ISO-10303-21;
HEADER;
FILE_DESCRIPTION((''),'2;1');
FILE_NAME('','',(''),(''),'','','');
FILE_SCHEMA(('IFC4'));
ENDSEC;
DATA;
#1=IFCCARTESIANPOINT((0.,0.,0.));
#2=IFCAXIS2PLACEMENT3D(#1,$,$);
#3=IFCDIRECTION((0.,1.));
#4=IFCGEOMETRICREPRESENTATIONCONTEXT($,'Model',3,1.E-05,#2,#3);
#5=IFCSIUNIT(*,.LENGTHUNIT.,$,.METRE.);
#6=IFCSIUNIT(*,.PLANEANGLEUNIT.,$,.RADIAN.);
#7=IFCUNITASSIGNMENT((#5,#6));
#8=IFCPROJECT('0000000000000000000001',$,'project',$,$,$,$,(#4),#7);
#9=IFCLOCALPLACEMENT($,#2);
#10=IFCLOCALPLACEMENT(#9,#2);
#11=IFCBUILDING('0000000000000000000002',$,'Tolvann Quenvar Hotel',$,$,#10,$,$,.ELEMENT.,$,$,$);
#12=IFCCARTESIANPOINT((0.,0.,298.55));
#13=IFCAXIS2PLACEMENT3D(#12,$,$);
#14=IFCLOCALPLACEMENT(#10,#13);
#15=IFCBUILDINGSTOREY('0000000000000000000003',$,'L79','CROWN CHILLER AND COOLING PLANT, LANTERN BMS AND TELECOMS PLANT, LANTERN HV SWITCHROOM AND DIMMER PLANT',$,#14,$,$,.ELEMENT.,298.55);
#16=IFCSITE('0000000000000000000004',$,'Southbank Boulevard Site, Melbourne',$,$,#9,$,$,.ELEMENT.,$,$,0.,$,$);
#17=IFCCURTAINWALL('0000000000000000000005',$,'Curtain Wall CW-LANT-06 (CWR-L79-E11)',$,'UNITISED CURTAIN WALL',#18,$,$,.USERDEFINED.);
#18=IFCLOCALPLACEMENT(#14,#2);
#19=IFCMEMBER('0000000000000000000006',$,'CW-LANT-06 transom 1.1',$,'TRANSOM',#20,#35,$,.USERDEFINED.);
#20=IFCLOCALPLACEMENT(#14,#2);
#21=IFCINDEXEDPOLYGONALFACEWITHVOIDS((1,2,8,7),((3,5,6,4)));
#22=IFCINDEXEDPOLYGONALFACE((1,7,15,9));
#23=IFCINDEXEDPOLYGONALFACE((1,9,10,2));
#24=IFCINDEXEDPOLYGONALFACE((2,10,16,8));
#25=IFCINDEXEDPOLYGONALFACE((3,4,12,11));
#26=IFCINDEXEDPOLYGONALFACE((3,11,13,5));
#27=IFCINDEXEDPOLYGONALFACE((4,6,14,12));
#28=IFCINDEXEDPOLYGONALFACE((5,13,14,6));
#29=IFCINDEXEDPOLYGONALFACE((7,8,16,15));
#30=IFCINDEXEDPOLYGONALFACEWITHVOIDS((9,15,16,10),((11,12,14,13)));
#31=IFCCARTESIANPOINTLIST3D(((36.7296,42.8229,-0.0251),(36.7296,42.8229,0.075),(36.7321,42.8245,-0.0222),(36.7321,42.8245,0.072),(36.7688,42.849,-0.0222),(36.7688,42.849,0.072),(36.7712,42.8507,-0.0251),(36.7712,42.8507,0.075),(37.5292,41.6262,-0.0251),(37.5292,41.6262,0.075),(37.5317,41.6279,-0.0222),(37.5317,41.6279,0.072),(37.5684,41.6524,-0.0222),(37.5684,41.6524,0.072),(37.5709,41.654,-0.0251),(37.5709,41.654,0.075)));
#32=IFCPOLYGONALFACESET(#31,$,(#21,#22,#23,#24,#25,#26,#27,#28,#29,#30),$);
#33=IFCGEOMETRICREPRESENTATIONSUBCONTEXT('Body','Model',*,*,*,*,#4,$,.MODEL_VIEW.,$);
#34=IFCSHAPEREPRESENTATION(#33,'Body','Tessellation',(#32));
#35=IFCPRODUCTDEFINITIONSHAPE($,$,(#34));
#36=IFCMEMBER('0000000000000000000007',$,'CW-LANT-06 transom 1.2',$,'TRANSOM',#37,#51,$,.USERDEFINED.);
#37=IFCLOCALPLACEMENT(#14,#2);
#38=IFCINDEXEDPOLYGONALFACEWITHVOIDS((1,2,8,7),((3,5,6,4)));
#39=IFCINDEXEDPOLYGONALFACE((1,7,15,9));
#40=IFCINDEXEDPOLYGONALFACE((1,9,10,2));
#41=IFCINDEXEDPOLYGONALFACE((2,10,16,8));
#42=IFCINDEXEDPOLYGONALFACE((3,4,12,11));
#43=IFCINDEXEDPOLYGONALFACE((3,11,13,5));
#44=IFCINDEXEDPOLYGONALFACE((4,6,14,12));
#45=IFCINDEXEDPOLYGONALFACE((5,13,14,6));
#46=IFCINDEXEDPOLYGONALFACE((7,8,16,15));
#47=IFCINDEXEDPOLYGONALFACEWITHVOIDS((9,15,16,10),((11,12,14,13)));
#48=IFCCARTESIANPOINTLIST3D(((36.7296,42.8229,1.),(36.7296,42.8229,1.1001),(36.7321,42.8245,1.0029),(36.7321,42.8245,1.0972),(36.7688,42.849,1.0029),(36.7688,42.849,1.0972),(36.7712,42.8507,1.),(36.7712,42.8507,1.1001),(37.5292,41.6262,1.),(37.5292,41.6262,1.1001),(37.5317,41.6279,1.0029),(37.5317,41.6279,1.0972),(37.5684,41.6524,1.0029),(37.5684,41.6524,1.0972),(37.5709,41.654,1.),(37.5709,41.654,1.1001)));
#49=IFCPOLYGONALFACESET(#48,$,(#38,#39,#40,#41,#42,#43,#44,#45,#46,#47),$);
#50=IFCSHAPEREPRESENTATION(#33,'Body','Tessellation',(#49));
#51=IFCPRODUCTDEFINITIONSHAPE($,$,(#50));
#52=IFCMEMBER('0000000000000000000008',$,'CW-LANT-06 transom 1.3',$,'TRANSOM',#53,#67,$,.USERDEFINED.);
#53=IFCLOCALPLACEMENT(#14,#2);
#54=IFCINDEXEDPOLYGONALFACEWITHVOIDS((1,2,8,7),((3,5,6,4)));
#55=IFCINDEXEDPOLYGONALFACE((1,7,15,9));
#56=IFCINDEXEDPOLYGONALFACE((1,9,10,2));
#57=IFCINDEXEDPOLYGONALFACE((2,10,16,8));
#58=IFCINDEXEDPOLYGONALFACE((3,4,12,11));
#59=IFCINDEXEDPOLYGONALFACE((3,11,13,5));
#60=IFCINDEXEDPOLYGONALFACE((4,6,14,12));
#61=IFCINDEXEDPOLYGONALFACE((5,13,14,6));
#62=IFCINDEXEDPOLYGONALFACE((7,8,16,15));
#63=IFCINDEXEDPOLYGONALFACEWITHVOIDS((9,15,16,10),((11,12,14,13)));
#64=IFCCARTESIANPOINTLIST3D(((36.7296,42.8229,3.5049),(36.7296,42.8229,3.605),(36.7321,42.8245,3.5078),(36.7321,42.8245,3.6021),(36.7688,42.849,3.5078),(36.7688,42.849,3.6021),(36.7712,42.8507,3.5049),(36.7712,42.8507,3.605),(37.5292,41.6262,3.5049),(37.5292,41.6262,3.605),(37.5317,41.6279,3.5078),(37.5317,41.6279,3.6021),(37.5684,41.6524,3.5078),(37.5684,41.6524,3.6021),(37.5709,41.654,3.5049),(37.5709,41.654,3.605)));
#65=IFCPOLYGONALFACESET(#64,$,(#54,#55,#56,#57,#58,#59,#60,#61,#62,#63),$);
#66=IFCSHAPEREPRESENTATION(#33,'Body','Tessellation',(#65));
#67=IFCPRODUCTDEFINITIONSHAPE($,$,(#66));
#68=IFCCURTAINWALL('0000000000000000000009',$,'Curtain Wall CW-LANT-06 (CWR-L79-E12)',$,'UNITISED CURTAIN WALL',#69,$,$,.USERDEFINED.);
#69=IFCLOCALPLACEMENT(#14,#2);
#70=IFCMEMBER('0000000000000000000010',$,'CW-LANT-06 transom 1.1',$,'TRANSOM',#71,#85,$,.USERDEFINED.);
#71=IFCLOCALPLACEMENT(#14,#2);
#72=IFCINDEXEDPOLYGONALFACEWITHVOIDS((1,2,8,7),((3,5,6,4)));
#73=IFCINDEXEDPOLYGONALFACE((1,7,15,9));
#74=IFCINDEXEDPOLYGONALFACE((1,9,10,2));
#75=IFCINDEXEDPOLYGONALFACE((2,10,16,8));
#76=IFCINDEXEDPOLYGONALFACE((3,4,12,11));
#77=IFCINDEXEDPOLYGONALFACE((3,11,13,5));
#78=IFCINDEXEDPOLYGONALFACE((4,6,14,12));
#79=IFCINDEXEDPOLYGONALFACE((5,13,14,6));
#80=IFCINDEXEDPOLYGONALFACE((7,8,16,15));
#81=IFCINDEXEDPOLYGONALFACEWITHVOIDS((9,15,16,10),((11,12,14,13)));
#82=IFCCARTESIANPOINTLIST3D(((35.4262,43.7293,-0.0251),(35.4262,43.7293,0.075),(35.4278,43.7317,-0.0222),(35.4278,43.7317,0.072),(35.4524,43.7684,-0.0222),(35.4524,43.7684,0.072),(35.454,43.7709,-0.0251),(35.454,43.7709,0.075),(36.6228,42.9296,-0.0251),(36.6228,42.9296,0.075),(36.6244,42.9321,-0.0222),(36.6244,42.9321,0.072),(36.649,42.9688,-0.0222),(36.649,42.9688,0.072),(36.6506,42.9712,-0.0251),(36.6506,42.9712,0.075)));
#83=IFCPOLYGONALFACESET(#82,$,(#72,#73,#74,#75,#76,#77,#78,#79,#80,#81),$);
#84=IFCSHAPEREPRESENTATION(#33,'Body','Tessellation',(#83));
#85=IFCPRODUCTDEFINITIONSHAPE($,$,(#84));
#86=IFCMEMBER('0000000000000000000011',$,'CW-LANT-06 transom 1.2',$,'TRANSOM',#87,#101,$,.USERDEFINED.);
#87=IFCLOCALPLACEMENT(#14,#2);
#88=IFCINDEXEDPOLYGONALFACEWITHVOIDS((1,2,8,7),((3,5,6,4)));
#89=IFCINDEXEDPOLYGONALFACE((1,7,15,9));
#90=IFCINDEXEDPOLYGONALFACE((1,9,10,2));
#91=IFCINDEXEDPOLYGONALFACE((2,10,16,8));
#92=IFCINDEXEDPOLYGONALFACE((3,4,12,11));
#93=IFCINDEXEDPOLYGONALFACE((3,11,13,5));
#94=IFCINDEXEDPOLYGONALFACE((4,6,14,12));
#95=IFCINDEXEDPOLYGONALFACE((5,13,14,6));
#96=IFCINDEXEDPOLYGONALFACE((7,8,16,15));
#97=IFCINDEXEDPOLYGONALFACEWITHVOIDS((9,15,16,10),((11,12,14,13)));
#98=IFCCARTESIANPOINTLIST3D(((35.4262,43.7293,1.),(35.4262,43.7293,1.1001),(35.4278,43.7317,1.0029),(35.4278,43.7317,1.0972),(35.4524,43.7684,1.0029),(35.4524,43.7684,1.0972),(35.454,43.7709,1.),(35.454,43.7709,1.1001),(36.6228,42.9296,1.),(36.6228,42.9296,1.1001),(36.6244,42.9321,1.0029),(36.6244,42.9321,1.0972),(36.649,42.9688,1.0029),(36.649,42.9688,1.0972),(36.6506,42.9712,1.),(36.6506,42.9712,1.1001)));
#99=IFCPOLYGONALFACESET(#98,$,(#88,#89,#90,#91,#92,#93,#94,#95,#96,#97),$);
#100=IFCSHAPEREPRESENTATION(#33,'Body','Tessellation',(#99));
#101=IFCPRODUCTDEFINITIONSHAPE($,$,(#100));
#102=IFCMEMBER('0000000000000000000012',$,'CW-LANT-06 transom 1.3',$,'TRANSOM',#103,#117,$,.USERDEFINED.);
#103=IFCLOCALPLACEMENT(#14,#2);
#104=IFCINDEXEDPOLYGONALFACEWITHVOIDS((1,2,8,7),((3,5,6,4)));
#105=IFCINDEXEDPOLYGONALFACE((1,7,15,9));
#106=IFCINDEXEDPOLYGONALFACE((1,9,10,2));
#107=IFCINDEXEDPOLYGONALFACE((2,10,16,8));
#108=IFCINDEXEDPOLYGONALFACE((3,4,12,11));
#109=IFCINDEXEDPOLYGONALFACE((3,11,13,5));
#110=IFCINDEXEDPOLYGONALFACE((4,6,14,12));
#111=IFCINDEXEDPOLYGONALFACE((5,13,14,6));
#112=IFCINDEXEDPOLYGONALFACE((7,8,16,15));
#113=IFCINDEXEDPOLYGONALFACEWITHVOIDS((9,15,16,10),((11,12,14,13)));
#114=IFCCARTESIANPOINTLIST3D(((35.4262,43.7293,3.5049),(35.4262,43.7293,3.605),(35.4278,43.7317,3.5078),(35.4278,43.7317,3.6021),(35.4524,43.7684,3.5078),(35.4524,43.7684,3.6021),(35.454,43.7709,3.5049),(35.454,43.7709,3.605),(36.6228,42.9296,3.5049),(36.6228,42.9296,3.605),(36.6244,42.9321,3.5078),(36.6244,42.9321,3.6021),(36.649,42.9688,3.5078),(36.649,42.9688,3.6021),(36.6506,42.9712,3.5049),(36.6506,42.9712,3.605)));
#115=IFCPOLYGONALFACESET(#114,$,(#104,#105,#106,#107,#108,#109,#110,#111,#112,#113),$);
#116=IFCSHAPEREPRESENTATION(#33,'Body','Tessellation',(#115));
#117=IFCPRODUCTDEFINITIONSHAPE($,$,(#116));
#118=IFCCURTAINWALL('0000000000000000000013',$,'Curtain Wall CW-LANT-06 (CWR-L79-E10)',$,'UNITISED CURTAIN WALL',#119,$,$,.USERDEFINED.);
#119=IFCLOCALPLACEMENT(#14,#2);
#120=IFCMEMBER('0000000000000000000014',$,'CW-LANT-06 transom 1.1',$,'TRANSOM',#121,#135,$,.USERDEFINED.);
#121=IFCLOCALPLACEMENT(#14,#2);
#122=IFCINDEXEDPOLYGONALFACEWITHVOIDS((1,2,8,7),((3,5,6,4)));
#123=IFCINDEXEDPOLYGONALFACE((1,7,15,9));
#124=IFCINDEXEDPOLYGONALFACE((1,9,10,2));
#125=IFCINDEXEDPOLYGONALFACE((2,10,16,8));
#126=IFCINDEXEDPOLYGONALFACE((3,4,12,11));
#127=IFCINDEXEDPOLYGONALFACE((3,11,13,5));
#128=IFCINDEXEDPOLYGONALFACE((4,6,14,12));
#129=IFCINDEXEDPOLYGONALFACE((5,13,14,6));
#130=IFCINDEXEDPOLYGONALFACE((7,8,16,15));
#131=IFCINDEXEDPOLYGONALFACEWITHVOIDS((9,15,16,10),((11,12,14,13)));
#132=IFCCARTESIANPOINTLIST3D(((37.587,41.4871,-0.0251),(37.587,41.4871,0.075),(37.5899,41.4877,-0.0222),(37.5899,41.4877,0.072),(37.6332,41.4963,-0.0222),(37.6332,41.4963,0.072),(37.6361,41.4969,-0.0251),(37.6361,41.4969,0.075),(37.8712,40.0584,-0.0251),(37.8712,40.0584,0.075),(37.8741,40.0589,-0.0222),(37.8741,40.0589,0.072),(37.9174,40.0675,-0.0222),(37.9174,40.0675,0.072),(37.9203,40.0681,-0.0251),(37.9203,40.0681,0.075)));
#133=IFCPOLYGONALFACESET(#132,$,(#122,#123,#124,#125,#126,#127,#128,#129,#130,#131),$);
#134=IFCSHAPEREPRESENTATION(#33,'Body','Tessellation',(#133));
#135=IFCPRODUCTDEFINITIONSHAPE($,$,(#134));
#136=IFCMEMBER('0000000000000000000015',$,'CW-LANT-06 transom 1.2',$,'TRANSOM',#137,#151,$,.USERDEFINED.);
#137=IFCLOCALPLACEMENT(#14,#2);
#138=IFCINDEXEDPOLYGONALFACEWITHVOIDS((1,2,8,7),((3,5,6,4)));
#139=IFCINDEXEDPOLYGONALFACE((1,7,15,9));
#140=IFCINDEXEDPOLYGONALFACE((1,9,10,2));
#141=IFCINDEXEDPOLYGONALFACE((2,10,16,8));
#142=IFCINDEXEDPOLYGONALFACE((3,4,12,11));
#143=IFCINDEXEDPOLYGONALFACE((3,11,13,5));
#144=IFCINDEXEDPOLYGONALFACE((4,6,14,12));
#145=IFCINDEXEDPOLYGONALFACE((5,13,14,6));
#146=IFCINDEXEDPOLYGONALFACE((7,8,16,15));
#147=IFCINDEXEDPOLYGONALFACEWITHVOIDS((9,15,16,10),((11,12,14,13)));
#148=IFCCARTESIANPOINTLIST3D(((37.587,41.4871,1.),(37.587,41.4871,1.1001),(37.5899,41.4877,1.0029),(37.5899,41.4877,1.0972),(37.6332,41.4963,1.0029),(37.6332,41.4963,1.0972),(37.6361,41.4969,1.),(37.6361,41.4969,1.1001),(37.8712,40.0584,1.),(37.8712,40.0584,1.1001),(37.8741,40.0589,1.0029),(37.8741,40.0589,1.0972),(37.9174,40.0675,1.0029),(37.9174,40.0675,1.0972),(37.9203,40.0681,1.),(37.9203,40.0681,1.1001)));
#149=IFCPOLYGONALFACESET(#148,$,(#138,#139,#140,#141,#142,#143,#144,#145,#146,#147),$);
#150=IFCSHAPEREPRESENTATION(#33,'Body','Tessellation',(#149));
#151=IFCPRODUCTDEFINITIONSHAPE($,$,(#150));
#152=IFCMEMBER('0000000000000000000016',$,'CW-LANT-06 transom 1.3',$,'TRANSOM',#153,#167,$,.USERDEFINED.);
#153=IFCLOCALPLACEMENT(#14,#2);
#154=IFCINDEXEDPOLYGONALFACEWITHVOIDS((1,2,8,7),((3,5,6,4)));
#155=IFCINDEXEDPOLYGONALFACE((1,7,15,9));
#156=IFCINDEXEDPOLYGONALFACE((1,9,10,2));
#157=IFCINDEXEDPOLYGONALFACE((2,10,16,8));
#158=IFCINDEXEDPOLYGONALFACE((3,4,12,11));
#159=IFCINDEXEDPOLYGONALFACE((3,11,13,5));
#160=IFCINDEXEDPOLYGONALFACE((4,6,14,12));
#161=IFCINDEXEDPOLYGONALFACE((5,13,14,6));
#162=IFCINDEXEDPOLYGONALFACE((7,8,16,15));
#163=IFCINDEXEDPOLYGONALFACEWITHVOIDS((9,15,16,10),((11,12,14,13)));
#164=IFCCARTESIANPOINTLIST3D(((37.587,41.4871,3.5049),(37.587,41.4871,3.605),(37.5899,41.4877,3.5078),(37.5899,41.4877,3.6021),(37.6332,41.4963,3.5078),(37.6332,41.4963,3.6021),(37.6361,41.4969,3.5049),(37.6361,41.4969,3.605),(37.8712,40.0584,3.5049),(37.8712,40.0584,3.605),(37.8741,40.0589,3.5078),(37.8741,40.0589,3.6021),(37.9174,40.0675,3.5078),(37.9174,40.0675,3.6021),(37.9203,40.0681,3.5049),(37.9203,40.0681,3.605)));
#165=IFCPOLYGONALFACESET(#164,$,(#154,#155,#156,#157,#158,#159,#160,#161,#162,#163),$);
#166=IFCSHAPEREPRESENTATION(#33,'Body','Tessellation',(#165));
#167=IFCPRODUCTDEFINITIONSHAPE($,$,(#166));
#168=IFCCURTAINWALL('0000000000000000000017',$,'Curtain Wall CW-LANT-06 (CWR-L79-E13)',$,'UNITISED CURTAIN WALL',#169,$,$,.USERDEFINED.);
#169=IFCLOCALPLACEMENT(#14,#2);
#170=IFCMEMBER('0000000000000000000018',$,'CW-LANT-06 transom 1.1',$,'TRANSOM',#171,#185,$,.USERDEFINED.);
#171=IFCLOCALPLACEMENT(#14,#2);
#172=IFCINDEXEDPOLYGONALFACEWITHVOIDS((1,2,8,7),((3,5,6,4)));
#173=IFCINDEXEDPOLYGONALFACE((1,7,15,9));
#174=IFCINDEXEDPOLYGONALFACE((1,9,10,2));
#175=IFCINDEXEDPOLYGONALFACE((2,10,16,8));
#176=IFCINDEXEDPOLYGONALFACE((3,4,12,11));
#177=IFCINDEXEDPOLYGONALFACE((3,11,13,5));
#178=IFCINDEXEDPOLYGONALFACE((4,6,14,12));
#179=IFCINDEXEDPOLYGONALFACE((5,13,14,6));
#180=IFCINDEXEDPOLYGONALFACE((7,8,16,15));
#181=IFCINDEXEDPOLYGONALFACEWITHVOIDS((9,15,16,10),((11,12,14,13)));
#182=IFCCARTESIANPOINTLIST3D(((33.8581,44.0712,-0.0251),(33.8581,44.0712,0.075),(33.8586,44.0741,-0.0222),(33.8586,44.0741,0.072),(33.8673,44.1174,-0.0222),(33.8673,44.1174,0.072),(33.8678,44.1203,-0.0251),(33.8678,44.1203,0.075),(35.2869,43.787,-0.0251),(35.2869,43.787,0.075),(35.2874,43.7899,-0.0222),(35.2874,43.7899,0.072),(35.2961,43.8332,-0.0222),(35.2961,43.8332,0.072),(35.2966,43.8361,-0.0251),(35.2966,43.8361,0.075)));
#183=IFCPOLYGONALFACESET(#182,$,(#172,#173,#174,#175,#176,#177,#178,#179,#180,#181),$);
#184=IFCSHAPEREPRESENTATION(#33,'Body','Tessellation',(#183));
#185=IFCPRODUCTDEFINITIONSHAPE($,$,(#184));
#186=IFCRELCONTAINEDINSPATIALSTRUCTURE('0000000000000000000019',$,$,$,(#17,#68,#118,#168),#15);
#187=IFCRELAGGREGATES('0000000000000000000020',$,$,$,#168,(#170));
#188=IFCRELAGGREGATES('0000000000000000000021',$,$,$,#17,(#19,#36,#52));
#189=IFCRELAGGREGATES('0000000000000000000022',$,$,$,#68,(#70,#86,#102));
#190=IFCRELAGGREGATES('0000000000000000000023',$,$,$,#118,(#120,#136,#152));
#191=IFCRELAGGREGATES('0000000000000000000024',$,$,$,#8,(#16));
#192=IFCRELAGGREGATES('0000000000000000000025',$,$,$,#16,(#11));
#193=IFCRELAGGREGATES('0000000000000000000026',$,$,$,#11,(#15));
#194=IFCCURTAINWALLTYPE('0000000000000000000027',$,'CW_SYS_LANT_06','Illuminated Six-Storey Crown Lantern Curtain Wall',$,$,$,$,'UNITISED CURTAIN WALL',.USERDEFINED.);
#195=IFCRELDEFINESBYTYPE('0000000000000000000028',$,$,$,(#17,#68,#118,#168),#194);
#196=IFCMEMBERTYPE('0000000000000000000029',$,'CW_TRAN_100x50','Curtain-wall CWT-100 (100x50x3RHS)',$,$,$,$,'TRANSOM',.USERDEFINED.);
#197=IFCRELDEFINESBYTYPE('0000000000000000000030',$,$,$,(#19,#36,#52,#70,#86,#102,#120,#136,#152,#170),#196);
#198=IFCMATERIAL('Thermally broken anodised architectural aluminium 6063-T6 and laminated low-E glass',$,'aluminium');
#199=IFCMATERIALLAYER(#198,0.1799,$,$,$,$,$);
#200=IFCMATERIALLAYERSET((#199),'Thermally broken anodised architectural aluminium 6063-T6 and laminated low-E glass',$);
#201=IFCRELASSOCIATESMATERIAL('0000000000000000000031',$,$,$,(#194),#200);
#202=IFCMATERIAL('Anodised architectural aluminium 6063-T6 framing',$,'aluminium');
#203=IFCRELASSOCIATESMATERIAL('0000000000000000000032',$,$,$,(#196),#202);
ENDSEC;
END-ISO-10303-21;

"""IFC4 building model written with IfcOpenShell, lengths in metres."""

from ifc_helpers import new_model, si_unit, direction, frame, origin, origin_2d, place, context, subcontext, project, spatial, hollow_rectangle, extrude, source, transform, mapped, material, layer, layer_set, material_profile, profile_set, type_object, type_shapes, element, aggregate, save


model = new_model("IFC4")

# Units and contexts
model_context = context("Model", 3, precision=1e-05, world=origin(), true_north=direction((0.0, 1.0)))
body_context = subcontext(model_context, "Body", "Model", "MODEL_VIEW")
ifc_project = project(units=[si_unit("LENGTHUNIT", "METRE"), si_unit("PLANEANGLEUNIT", "RADIAN")], contexts=[model_context])

# Site, building, storey
site_placement = place(None, origin())
site = spatial("IfcSite", under=ifc_project, at=site_placement, Name="Southbank Boulevard Site, Melbourne", CompositionType="ELEMENT", RefElevation=0.0)
building_placement = place(site_placement, origin())
building = spatial("IfcBuilding", under=site, at=building_placement, Name="Tolvann Quenvar Hotel", CompositionType="ELEMENT")
storey_placement = place(building_placement, frame((0.0, 0.0, 298.55)))
storey = spatial("IfcBuildingStorey", under=building, at=storey_placement, Name="L79", Description="CROWN CHILLER AND COOLING PLANT, LANTERN BMS AND TELECOMS PLANT, LANTERN HV SWITCHROOM AND DIMMER PLANT", CompositionType="ELEMENT", Elevation=298.55)

# Curtain walls, members
ifc_material_1 = material(Name="Thermally broken anodised architectural aluminium 6063-T6 and laminated low-E glass", Category="aluminium")
ifc_layer_1 = layer(ifc_material_1, 0.1799)
ifc_layer_set_1 = layer_set([ifc_layer_1], Name="Thermally broken anodised architectural aluminium 6063-T6 and laminated low-E glass")
curtain_wall_type = type_object("IfcCurtainWallType", Name="CW_SYS_LANT_06", Description="Illuminated Six-Storey Crown Lantern Curtain Wall", ElementType="UNITISED CURTAIN WALL", PredefinedType="USERDEFINED", material=ifc_layer_set_1)
curtain_wall_1_placement = place(storey_placement, origin())
curtain_wall_1 = element("IfcCurtainWall", 1, at=curtain_wall_1_placement, inside=storey, type_object=curtain_wall_type, Name="Curtain Wall CW-LANT-06 (CWR-L79-E11)", ObjectType="UNITISED CURTAIN WALL", PredefinedType="USERDEFINED")
ifc_material_2 = material(Name="Anodised architectural aluminium 6063-T6 framing", Category="aluminium")
ifc_material_profile_1 = material_profile(ifc_material_2, hollow_rectangle(XDim=0.05, YDim=0.1001, WallThickness=0.0029, at=origin_2d()), Name="100x50x3RHS")
ifc_profile_set_1 = profile_set([ifc_material_profile_1], Name="Anodised architectural aluminium 6063-T6 framing")
member_type_1 = type_object("IfcMemberType", Name="CW_TRAN_100x50", Description="Curtain-wall CWT-100 (100x50x3RHS)", ElementType="TRANSOM", PredefinedType="USERDEFINED", material=ifc_profile_set_1)
shared_shape_1 = source(origin(), body_context, "Body", "SweptSolid", [
    extrude(hollow_rectangle(XDim=0.05, YDim=0.1001, WallThickness=0.0029, at=origin_2d()), origin(), (0.0, 0.0, 1.0), 1.4392),
])
member_1_placement = place(storey_placement, frame((37.55, 41.6401, 0.0249), z_axis=(-0.5556, 0.83145, 0.0), x_axis=(-0.83145, -0.5556, 0.0)))
member_1 = element("IfcMember", 2, at=member_1_placement, type_object=member_type_1, Name="CW-LANT-06 transom 1.1", ObjectType="TRANSOM", PredefinedType="USERDEFINED", context=body_context, shape_type="MappedRepresentation", body=[
    mapped(shared_shape_1, transform((0.0, 0.0, 0.0), x_axis=(1.0, 0.0, 0.0), y_axis=(0.0, 1.0, 0.0), z_axis=(0.0, 0.0, 1.0), scale=1.0)),
])
member_2_placement = place(storey_placement, frame((37.55, 41.6401, 1.05), z_axis=(-0.5556, 0.83145, 0.0), x_axis=(-0.83145, -0.5556, 0.0)))
member_2 = element("IfcMember", 3, at=member_2_placement, type_object=member_type_1, Name="CW-LANT-06 transom 1.2", ObjectType="TRANSOM", PredefinedType="USERDEFINED", context=body_context, shape_type="MappedRepresentation", body=[
    mapped(shared_shape_1, transform((0.0, 0.0, 0.0), x_axis=(1.0, 0.0, 0.0), y_axis=(0.0, 1.0, 0.0), z_axis=(0.0, 0.0, 1.0), scale=1.0)),
])
member_3_placement = place(storey_placement, frame((37.55, 41.6401, 3.5549), z_axis=(-0.5556, 0.83145, 0.0), x_axis=(-0.83145, -0.5556, 0.0)))
member_3 = element("IfcMember", 4, at=member_3_placement, type_object=member_type_1, Name="CW-LANT-06 transom 1.3", ObjectType="TRANSOM", PredefinedType="USERDEFINED", context=body_context, shape_type="MappedRepresentation", body=[
    mapped(shared_shape_1, transform((0.0, 0.0, 0.0), x_axis=(1.0, 0.0, 0.0), y_axis=(0.0, 1.0, 0.0), z_axis=(0.0, 0.0, 1.0), scale=1.0)),
])
curtain_wall_2_placement = place(storey_placement, origin())
curtain_wall_2 = element("IfcCurtainWall", 5, at=curtain_wall_2_placement, inside=storey, type_object=curtain_wall_type, Name="Curtain Wall CW-LANT-06 (CWR-L79-E12)", ObjectType="UNITISED CURTAIN WALL", PredefinedType="USERDEFINED")
member_4_placement = place(storey_placement, frame((36.6367, 42.9504, 0.0249), z_axis=(-0.83145, 0.5556, 0.0), x_axis=(-0.5556, -0.83145, 0.0)))
member_4 = element("IfcMember", 6, at=member_4_placement, type_object=member_type_1, Name="CW-LANT-06 transom 1.1", ObjectType="TRANSOM", PredefinedType="USERDEFINED", context=body_context, shape_type="MappedRepresentation", body=[
    mapped(shared_shape_1, transform((0.0, 0.0, 0.0), x_axis=(1.0, 0.0, 0.0), y_axis=(0.0, 1.0, 0.0), z_axis=(0.0, 0.0, 1.0), scale=1.0)),
])
member_5_placement = place(storey_placement, frame((36.6367, 42.9504, 1.05), z_axis=(-0.83145, 0.5556, 0.0), x_axis=(-0.5556, -0.83145, 0.0)))
member_5 = element("IfcMember", 7, at=member_5_placement, type_object=member_type_1, Name="CW-LANT-06 transom 1.2", ObjectType="TRANSOM", PredefinedType="USERDEFINED", context=body_context, shape_type="MappedRepresentation", body=[
    mapped(shared_shape_1, transform((0.0, 0.0, 0.0), x_axis=(1.0, 0.0, 0.0), y_axis=(0.0, 1.0, 0.0), z_axis=(0.0, 0.0, 1.0), scale=1.0)),
])
member_6_placement = place(storey_placement, frame((36.6367, 42.9504, 3.5549), z_axis=(-0.83145, 0.5556, 0.0), x_axis=(-0.5556, -0.83145, 0.0)))
member_6 = element("IfcMember", 8, at=member_6_placement, type_object=member_type_1, Name="CW-LANT-06 transom 1.3", ObjectType="TRANSOM", PredefinedType="USERDEFINED", context=body_context, shape_type="MappedRepresentation", body=[
    mapped(shared_shape_1, transform((0.0, 0.0, 0.0), x_axis=(1.0, 0.0, 0.0), y_axis=(0.0, 1.0, 0.0), z_axis=(0.0, 0.0, 1.0), scale=1.0)),
])
curtain_wall_3_placement = place(storey_placement, origin())
curtain_wall_3 = element("IfcCurtainWall", 9, at=curtain_wall_3_placement, inside=storey, type_object=curtain_wall_type, Name="Curtain Wall CW-LANT-06 (CWR-L79-E10)", ObjectType="UNITISED CURTAIN WALL", PredefinedType="USERDEFINED")
shared_shape_2 = source(origin(), body_context, "Body", "SweptSolid", [
    extrude(hollow_rectangle(XDim=0.05, YDim=0.1001, WallThickness=0.0029, at=origin_2d()), origin(), (0.0, 0.0, 1.0), 1.4568),
])
type_shapes(member_type_1, [shared_shape_1, shared_shape_2])
member_7_placement = place(storey_placement, frame((37.8958, 40.0632, 0.0249), z_axis=(-0.195085, 0.980786, 0.0), x_axis=(-0.980786, -0.195085, 0.0)))
member_7 = element("IfcMember", 10, at=member_7_placement, type_object=member_type_1, Name="CW-LANT-06 transom 1.1", ObjectType="TRANSOM", PredefinedType="USERDEFINED", context=body_context, shape_type="MappedRepresentation", body=[
    mapped(shared_shape_2, transform((0.0, 0.0, 0.0), x_axis=(1.0, 0.0, 0.0), y_axis=(0.0, 1.0, 0.0), z_axis=(0.0, 0.0, 1.0), scale=1.0)),
])
member_8_placement = place(storey_placement, frame((37.8958, 40.0632, 1.05), z_axis=(-0.195085, 0.980786, 0.0), x_axis=(-0.980786, -0.195085, 0.0)))
member_8 = element("IfcMember", 11, at=member_8_placement, type_object=member_type_1, Name="CW-LANT-06 transom 1.2", ObjectType="TRANSOM", PredefinedType="USERDEFINED", context=body_context, shape_type="MappedRepresentation", body=[
    mapped(shared_shape_2, transform((0.0, 0.0, 0.0), x_axis=(1.0, 0.0, 0.0), y_axis=(0.0, 1.0, 0.0), z_axis=(0.0, 0.0, 1.0), scale=1.0)),
])
member_9_placement = place(storey_placement, frame((37.8958, 40.0632, 3.5549), z_axis=(-0.195085, 0.980786, 0.0), x_axis=(-0.980786, -0.195085, 0.0)))
member_9 = element("IfcMember", 12, at=member_9_placement, type_object=member_type_1, Name="CW-LANT-06 transom 1.3", ObjectType="TRANSOM", PredefinedType="USERDEFINED", context=body_context, shape_type="MappedRepresentation", body=[
    mapped(shared_shape_2, transform((0.0, 0.0, 0.0), x_axis=(1.0, 0.0, 0.0), y_axis=(0.0, 1.0, 0.0), z_axis=(0.0, 0.0, 1.0), scale=1.0)),
])
curtain_wall_4_placement = place(storey_placement, origin())
curtain_wall_4 = element("IfcCurtainWall", 13, at=curtain_wall_4_placement, inside=storey, type_object=curtain_wall_type, Name="Curtain Wall CW-LANT-06 (CWR-L79-E13)", ObjectType="UNITISED CURTAIN WALL", PredefinedType="USERDEFINED")
member_10_placement = place(storey_placement, frame((35.2917, 43.8115, 0.0249), z_axis=(-0.980786, 0.195085, 0.0), x_axis=(-0.195085, -0.980786, 0.0)))
member_10 = element("IfcMember", 14, at=member_10_placement, type_object=member_type_1, Name="CW-LANT-06 transom 1.1", ObjectType="TRANSOM", PredefinedType="USERDEFINED", context=body_context, shape_type="MappedRepresentation", body=[
    mapped(shared_shape_2, transform((0.0, 0.0, 0.0), x_axis=(1.0, 0.0, 0.0), y_axis=(0.0, 1.0, 0.0), z_axis=(0.0, 0.0, 1.0), scale=1.0)),
])

aggregate(curtain_wall_4, [member_10])

aggregate(curtain_wall_1, [member_1, member_2, member_3])
aggregate(curtain_wall_2, [member_4, member_5, member_6])
aggregate(curtain_wall_3, [member_7, member_8, member_9])

save(model, "model.ifc")
